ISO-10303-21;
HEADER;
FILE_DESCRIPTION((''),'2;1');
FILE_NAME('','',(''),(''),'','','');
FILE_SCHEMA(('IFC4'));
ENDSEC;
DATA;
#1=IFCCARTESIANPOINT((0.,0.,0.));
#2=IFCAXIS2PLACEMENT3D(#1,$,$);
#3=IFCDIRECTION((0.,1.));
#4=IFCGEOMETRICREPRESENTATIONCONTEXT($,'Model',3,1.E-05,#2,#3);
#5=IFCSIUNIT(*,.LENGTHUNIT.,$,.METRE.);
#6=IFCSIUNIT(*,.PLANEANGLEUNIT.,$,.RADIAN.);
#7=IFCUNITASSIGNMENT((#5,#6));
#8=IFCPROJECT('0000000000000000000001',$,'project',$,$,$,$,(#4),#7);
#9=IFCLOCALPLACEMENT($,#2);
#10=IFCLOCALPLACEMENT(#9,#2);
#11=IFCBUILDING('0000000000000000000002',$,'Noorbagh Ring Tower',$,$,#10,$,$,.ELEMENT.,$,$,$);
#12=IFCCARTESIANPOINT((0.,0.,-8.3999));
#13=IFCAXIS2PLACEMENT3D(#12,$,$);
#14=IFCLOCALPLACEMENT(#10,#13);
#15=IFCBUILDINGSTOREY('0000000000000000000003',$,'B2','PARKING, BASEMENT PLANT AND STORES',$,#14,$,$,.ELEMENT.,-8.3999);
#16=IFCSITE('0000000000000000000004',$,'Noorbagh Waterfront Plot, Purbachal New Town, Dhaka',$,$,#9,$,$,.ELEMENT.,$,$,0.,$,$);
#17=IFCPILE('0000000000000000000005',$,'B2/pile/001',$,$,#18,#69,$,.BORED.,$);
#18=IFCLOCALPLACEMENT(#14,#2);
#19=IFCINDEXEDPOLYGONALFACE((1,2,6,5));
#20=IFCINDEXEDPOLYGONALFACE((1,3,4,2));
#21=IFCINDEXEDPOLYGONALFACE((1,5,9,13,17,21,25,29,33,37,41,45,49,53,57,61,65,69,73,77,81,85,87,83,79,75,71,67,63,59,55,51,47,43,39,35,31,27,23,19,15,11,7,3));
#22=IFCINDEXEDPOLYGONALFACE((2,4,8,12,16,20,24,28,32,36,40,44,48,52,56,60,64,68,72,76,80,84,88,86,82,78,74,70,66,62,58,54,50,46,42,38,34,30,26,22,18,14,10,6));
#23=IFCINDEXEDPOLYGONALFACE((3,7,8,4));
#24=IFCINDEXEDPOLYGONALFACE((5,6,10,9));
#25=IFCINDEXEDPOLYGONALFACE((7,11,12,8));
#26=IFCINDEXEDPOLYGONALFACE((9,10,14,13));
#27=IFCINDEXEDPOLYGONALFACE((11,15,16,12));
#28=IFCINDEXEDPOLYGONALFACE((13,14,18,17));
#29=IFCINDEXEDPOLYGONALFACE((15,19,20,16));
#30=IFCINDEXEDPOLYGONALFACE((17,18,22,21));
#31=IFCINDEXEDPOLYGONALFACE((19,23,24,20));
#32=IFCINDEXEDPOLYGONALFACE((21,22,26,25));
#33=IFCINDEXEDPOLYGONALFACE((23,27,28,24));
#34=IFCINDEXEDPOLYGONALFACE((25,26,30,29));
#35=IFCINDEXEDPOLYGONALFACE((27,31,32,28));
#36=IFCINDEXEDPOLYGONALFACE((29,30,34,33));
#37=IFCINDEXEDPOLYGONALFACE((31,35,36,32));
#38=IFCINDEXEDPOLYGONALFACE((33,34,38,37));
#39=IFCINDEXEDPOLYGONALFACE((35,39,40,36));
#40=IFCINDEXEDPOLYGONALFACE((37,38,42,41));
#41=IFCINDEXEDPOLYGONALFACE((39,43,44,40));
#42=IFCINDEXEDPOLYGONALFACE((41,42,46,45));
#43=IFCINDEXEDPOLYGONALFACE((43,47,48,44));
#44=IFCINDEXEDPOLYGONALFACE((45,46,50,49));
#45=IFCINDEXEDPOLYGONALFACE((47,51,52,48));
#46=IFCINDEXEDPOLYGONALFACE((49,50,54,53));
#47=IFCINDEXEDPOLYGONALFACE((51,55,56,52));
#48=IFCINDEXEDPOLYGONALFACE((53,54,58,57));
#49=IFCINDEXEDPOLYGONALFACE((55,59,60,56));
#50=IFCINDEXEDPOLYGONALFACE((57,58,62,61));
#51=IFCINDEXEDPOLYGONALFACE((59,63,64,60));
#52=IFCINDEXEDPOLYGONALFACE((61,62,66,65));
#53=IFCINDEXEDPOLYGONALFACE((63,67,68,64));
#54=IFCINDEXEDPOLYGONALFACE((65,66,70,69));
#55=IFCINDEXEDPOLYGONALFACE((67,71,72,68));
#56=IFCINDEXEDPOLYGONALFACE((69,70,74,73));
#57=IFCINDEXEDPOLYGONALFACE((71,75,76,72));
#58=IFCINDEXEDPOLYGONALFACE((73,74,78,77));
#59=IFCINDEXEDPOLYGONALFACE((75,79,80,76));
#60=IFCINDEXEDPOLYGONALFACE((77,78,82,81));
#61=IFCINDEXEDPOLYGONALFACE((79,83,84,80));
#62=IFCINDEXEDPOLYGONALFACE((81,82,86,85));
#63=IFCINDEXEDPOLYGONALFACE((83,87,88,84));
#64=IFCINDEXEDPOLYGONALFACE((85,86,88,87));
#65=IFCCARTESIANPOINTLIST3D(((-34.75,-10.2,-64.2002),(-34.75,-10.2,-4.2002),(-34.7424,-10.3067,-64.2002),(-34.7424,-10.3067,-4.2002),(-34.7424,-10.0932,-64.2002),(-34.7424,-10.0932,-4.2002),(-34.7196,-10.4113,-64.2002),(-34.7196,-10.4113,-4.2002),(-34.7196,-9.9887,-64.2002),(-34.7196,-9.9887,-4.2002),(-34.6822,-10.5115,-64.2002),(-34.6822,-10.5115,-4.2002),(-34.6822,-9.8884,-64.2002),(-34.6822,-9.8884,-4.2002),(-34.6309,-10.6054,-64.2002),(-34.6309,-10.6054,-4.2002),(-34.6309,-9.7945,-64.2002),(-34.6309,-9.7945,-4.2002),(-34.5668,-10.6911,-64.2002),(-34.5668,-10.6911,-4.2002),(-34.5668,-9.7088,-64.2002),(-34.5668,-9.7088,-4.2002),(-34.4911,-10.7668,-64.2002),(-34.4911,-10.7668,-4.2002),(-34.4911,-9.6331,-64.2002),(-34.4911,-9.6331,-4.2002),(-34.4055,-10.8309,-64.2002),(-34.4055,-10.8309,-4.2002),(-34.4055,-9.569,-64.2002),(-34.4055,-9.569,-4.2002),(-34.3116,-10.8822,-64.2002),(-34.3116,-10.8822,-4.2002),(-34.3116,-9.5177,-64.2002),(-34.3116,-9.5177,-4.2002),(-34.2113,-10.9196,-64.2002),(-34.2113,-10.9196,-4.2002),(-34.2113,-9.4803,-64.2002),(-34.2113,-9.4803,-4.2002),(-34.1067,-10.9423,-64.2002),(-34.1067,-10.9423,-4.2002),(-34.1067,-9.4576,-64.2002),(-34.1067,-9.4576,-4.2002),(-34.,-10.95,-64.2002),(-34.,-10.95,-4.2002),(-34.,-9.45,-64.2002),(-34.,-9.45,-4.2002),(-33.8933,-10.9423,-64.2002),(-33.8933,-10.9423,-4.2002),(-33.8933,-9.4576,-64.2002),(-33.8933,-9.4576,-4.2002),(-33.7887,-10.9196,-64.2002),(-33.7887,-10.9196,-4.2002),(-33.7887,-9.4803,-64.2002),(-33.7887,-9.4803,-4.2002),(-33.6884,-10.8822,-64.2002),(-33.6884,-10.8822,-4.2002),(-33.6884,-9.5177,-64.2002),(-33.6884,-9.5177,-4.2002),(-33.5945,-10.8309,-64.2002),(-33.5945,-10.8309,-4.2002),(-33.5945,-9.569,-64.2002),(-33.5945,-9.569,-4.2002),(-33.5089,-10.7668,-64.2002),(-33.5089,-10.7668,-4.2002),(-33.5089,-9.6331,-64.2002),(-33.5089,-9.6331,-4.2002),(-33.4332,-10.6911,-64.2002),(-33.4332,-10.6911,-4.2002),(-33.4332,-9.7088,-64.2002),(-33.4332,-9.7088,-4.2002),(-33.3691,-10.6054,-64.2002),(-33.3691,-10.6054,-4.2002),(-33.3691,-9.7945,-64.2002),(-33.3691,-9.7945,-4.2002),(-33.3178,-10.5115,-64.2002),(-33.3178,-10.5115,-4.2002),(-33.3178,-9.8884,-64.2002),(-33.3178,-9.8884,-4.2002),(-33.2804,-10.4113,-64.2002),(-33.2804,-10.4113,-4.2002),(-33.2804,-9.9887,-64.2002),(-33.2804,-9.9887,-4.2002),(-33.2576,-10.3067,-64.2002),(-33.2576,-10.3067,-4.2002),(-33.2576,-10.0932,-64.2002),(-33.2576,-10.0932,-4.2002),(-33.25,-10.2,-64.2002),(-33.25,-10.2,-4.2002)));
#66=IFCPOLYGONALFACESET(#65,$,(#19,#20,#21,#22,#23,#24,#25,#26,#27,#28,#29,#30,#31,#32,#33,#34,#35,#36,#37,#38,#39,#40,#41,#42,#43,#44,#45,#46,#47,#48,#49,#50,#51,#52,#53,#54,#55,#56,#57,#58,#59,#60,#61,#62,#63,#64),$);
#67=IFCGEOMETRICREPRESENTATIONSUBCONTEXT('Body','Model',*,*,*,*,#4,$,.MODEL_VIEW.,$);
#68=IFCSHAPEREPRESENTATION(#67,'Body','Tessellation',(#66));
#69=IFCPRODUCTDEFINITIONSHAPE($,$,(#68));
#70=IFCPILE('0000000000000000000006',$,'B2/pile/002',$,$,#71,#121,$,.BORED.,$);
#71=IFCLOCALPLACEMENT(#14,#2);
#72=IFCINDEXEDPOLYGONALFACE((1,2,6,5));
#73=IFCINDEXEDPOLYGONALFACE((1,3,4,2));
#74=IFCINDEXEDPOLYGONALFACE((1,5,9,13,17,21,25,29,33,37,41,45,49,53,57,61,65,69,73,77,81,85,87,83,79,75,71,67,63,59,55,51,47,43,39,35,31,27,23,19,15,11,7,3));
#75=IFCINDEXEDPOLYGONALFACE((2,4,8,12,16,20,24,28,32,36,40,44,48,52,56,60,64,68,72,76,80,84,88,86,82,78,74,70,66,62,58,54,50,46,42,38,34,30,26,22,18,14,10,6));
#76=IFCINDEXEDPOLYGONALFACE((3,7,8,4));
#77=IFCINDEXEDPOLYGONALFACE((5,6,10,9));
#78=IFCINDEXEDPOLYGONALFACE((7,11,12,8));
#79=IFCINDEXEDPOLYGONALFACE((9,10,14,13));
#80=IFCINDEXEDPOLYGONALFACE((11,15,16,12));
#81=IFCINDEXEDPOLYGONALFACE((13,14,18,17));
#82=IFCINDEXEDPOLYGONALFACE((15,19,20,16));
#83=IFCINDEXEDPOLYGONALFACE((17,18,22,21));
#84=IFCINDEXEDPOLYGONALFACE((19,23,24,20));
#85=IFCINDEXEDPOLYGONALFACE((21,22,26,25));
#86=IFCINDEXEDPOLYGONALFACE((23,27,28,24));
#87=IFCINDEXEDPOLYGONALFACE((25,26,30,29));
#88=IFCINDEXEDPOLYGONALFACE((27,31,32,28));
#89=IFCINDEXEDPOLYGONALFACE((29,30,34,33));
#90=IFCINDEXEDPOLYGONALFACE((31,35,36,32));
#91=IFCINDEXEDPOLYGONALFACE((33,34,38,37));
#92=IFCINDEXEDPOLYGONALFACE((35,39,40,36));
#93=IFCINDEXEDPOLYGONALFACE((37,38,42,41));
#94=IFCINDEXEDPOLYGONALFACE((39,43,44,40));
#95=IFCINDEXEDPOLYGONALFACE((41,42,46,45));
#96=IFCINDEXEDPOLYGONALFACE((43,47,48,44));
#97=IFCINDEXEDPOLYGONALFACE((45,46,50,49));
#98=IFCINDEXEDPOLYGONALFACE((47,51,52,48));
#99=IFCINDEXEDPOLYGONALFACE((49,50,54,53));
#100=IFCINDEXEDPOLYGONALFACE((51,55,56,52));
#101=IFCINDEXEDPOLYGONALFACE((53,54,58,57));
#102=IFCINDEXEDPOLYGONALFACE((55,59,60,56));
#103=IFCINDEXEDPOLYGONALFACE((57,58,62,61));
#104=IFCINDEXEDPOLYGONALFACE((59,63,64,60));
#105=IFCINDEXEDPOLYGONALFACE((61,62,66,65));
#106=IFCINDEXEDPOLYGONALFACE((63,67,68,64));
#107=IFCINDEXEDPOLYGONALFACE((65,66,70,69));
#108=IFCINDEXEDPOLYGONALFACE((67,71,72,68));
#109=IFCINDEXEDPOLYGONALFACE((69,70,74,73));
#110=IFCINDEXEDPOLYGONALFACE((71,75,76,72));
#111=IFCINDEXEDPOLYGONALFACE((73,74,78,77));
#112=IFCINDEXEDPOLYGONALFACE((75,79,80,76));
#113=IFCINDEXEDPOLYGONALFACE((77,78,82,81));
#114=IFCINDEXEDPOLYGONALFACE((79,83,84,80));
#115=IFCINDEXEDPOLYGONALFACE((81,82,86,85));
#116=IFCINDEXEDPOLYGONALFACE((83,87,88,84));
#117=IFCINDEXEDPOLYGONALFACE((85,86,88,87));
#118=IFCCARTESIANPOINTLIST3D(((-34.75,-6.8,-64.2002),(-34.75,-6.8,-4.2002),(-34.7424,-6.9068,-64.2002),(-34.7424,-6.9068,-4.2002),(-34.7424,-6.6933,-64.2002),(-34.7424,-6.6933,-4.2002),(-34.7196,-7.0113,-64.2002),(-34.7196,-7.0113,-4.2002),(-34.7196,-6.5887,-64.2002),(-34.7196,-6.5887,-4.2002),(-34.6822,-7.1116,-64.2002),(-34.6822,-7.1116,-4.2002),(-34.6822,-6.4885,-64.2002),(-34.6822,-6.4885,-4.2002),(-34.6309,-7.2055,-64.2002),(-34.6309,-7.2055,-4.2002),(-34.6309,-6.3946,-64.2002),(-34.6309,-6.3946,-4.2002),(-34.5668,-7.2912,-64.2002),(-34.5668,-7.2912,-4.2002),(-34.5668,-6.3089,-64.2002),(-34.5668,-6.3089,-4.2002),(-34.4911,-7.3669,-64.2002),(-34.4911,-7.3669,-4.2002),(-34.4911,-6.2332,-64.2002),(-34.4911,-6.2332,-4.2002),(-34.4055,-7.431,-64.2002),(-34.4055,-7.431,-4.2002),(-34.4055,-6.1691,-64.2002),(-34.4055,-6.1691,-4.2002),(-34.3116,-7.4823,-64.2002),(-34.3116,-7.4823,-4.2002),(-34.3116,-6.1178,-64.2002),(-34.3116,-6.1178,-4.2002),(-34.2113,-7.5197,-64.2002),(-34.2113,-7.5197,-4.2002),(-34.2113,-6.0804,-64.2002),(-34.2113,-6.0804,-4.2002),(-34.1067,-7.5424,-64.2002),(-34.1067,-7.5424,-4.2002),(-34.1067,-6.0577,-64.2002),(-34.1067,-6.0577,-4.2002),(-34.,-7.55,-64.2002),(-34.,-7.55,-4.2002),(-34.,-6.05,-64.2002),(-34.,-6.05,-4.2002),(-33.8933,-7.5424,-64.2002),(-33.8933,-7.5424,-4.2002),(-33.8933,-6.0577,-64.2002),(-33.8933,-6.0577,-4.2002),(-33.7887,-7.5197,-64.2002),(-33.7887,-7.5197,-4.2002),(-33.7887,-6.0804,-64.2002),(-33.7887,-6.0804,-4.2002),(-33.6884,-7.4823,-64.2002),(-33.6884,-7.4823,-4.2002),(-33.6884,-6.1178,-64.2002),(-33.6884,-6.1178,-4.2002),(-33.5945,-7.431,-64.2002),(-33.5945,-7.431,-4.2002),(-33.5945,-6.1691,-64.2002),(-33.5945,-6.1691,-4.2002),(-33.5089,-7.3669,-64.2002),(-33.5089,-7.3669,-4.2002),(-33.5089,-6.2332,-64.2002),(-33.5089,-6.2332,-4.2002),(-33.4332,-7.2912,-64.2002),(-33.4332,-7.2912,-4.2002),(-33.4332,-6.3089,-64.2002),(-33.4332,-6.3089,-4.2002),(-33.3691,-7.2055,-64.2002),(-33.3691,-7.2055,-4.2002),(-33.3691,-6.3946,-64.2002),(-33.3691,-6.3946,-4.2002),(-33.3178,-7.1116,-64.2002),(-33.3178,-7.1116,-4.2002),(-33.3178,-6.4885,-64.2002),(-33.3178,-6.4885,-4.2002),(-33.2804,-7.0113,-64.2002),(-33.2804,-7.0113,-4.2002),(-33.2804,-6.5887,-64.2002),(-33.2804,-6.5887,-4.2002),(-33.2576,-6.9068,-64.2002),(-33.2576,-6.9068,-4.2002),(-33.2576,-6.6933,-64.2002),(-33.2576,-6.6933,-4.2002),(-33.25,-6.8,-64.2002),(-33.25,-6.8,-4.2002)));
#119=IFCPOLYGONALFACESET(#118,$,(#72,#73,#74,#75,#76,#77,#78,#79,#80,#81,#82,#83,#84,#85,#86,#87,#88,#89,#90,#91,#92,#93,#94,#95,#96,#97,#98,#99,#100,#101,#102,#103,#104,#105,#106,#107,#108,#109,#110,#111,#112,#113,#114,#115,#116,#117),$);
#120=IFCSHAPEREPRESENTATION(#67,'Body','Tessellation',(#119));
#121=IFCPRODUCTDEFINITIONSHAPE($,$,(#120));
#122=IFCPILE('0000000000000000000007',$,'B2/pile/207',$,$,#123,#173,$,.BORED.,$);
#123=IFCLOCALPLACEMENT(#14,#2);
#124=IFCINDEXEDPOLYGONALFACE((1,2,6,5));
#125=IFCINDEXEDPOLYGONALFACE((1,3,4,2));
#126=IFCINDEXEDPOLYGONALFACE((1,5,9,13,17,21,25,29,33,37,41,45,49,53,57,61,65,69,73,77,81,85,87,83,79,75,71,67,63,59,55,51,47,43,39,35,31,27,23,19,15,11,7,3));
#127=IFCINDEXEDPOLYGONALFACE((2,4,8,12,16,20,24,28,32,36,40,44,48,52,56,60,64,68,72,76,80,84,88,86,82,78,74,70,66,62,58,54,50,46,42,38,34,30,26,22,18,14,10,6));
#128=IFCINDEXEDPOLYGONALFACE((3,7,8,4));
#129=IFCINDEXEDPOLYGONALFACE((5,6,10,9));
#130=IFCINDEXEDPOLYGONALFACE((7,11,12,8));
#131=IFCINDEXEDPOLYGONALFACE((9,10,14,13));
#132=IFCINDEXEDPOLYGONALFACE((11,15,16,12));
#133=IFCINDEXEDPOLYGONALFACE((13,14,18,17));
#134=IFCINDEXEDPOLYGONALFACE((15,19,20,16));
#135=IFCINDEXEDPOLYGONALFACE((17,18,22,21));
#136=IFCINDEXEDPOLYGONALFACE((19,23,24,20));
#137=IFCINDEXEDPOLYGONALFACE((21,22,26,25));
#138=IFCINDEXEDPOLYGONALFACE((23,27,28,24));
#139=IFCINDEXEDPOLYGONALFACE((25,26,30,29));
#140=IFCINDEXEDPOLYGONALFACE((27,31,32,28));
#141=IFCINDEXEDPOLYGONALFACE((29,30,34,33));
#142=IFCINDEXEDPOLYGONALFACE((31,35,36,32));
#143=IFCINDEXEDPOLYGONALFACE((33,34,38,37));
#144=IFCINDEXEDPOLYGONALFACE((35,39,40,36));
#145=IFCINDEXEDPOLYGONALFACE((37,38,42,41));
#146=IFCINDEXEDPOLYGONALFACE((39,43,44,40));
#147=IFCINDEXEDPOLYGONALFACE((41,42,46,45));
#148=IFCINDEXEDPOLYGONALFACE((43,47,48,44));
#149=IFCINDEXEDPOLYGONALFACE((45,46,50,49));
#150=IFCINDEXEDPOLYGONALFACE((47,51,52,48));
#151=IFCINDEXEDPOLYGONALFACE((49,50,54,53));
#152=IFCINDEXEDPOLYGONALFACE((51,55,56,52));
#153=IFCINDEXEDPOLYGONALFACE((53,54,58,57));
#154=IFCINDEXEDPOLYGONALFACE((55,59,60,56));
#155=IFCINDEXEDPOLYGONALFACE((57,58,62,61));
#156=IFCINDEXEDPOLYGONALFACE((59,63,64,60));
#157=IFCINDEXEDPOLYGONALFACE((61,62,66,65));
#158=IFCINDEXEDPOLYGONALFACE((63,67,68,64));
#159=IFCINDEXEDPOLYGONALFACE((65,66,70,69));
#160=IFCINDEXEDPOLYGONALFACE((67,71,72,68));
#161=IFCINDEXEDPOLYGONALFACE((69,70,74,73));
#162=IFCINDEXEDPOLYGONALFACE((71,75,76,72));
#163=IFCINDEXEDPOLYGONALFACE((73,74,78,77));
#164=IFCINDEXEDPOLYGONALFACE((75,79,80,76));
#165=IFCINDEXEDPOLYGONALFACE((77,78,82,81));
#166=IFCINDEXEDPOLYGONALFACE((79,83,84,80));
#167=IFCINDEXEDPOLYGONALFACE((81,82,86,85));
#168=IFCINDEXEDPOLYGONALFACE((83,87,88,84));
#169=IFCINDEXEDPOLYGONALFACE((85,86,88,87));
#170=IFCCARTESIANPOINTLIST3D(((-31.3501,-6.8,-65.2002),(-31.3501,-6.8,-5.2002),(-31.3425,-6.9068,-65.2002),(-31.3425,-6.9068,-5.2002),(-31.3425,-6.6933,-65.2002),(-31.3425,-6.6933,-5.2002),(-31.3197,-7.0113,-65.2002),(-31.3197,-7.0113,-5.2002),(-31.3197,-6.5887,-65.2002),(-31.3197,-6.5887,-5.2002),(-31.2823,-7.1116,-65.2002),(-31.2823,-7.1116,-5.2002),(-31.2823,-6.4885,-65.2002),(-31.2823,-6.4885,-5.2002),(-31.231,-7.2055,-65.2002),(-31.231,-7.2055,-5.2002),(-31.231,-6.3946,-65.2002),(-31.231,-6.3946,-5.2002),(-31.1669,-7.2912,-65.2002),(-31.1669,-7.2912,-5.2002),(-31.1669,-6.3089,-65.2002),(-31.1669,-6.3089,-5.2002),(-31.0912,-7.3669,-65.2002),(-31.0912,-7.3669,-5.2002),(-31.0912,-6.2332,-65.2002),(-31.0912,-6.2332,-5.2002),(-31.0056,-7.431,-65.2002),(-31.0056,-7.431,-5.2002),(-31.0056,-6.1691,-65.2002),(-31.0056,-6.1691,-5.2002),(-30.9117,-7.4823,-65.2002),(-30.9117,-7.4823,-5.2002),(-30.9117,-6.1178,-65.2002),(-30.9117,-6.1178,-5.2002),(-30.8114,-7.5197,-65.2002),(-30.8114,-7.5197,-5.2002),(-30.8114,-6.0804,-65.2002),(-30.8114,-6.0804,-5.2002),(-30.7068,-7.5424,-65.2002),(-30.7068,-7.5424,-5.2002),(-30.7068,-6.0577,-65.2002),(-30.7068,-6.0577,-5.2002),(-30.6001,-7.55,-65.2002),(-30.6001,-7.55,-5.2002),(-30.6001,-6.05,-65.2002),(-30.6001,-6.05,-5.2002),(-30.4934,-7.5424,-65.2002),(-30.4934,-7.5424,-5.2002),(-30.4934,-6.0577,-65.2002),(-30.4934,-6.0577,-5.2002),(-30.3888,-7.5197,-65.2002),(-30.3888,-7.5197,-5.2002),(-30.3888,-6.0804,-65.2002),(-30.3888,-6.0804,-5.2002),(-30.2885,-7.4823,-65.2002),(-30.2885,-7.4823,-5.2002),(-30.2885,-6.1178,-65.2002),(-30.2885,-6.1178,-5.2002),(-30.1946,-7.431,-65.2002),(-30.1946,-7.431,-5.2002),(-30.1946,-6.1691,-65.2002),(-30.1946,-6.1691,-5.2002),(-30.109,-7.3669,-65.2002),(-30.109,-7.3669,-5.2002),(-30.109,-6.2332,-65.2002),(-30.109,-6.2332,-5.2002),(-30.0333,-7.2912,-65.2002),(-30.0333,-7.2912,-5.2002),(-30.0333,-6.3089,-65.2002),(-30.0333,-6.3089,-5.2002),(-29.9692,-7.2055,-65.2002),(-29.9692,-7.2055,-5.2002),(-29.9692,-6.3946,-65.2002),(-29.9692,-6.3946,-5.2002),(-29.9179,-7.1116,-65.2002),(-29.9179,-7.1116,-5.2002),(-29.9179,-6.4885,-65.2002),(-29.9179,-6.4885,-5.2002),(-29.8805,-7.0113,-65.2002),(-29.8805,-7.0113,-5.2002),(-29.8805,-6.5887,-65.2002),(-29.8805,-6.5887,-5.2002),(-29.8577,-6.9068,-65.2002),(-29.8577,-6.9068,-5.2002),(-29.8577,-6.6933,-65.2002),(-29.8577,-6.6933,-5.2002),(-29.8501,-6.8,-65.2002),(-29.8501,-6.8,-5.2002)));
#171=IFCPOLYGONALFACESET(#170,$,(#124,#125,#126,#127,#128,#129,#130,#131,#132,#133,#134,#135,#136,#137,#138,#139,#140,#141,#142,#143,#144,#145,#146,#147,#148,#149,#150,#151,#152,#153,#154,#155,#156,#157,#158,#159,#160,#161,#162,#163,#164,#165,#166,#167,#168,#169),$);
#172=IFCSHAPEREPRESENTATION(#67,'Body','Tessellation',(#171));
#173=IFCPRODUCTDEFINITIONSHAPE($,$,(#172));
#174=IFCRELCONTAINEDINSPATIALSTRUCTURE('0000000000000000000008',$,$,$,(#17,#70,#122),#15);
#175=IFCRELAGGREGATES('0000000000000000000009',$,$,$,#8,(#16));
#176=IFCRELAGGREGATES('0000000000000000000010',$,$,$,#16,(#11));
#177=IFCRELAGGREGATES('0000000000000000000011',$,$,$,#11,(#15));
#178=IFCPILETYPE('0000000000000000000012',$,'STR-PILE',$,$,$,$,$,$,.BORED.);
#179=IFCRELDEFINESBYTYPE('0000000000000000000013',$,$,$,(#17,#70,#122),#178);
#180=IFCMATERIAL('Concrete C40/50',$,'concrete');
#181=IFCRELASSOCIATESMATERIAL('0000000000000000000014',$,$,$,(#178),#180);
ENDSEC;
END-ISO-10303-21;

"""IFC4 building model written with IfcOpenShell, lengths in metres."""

from ifc_helpers import new_model, si_unit, direction, frame, origin, origin_2d, place, context, subcontext, project, spatial, circle, extrude, material, material_profile, profile_set, type_object, element, save


model = new_model("IFC4")

# Units and contexts
model_context = context("Model", 3, precision=1e-05, world=origin(), true_north=direction((0.0, 1.0)))
body_context = subcontext(model_context, "Body", "Model", "MODEL_VIEW")
ifc_project = project(units=[si_unit("LENGTHUNIT", "METRE"), si_unit("PLANEANGLEUNIT", "RADIAN")], contexts=[model_context])

# Site, building, storey
site_placement = place(None, origin())
site = spatial("IfcSite", under=ifc_project, at=site_placement, Name="Noorbagh Waterfront Plot, Purbachal New Town, Dhaka", CompositionType="ELEMENT", RefElevation=0.0)
building_placement = place(site_placement, origin())
building = spatial("IfcBuilding", under=site, at=building_placement, Name="Noorbagh Ring Tower", CompositionType="ELEMENT")
storey_placement = place(building_placement, frame((0.0, 0.0, -8.3999)))
storey = spatial("IfcBuildingStorey", under=building, at=storey_placement, Name="B2", Description="PARKING, BASEMENT PLANT AND STORES", CompositionType="ELEMENT", Elevation=-8.3999)

# Piles
ifc_material_1 = material(Name="Concrete C40/50", Category="concrete")
ifc_material_profile_1 = material_profile(ifc_material_1, circle(Radius=0.75, at=origin_2d()), Name="PILE1500")
ifc_profile_set_1 = profile_set([ifc_material_profile_1], Name="Concrete C40/50")
pile_type = type_object("IfcPileType", Name="STR-PILE", PredefinedType="BORED", material=ifc_profile_set_1)
for number, where, z_axis, x_axis, name in (
    (1, (-34.0, -10.2, -4.2002), (0.0, 0.0, -1.0), (1.0, 0.0, 0.0), "B2/pile/001"),
    (2, (-34.0, -6.8, -4.2002), (0.0, 0.0, -1.0), (1.0, 0.0, 0.0), "B2/pile/002"),
    (3, (-30.6001, -6.8, -5.2002), (0.0, 0.0, -1.0), (1.0, 0.0, 0.0), "B2/pile/207"),
):
    element("IfcPile", number, at=place(storey_placement, frame(where, z_axis=z_axis, x_axis=x_axis)), inside=storey, type_object=pile_type, Name=name, PredefinedType="BORED", context=body_context, shape_type="SweptSolid", body=[
        extrude(circle(Radius=0.75, at=origin_2d()), origin(), (0.0, 0.0, 1.0), 60.0),
    ])

save(model, "model.ifc")
